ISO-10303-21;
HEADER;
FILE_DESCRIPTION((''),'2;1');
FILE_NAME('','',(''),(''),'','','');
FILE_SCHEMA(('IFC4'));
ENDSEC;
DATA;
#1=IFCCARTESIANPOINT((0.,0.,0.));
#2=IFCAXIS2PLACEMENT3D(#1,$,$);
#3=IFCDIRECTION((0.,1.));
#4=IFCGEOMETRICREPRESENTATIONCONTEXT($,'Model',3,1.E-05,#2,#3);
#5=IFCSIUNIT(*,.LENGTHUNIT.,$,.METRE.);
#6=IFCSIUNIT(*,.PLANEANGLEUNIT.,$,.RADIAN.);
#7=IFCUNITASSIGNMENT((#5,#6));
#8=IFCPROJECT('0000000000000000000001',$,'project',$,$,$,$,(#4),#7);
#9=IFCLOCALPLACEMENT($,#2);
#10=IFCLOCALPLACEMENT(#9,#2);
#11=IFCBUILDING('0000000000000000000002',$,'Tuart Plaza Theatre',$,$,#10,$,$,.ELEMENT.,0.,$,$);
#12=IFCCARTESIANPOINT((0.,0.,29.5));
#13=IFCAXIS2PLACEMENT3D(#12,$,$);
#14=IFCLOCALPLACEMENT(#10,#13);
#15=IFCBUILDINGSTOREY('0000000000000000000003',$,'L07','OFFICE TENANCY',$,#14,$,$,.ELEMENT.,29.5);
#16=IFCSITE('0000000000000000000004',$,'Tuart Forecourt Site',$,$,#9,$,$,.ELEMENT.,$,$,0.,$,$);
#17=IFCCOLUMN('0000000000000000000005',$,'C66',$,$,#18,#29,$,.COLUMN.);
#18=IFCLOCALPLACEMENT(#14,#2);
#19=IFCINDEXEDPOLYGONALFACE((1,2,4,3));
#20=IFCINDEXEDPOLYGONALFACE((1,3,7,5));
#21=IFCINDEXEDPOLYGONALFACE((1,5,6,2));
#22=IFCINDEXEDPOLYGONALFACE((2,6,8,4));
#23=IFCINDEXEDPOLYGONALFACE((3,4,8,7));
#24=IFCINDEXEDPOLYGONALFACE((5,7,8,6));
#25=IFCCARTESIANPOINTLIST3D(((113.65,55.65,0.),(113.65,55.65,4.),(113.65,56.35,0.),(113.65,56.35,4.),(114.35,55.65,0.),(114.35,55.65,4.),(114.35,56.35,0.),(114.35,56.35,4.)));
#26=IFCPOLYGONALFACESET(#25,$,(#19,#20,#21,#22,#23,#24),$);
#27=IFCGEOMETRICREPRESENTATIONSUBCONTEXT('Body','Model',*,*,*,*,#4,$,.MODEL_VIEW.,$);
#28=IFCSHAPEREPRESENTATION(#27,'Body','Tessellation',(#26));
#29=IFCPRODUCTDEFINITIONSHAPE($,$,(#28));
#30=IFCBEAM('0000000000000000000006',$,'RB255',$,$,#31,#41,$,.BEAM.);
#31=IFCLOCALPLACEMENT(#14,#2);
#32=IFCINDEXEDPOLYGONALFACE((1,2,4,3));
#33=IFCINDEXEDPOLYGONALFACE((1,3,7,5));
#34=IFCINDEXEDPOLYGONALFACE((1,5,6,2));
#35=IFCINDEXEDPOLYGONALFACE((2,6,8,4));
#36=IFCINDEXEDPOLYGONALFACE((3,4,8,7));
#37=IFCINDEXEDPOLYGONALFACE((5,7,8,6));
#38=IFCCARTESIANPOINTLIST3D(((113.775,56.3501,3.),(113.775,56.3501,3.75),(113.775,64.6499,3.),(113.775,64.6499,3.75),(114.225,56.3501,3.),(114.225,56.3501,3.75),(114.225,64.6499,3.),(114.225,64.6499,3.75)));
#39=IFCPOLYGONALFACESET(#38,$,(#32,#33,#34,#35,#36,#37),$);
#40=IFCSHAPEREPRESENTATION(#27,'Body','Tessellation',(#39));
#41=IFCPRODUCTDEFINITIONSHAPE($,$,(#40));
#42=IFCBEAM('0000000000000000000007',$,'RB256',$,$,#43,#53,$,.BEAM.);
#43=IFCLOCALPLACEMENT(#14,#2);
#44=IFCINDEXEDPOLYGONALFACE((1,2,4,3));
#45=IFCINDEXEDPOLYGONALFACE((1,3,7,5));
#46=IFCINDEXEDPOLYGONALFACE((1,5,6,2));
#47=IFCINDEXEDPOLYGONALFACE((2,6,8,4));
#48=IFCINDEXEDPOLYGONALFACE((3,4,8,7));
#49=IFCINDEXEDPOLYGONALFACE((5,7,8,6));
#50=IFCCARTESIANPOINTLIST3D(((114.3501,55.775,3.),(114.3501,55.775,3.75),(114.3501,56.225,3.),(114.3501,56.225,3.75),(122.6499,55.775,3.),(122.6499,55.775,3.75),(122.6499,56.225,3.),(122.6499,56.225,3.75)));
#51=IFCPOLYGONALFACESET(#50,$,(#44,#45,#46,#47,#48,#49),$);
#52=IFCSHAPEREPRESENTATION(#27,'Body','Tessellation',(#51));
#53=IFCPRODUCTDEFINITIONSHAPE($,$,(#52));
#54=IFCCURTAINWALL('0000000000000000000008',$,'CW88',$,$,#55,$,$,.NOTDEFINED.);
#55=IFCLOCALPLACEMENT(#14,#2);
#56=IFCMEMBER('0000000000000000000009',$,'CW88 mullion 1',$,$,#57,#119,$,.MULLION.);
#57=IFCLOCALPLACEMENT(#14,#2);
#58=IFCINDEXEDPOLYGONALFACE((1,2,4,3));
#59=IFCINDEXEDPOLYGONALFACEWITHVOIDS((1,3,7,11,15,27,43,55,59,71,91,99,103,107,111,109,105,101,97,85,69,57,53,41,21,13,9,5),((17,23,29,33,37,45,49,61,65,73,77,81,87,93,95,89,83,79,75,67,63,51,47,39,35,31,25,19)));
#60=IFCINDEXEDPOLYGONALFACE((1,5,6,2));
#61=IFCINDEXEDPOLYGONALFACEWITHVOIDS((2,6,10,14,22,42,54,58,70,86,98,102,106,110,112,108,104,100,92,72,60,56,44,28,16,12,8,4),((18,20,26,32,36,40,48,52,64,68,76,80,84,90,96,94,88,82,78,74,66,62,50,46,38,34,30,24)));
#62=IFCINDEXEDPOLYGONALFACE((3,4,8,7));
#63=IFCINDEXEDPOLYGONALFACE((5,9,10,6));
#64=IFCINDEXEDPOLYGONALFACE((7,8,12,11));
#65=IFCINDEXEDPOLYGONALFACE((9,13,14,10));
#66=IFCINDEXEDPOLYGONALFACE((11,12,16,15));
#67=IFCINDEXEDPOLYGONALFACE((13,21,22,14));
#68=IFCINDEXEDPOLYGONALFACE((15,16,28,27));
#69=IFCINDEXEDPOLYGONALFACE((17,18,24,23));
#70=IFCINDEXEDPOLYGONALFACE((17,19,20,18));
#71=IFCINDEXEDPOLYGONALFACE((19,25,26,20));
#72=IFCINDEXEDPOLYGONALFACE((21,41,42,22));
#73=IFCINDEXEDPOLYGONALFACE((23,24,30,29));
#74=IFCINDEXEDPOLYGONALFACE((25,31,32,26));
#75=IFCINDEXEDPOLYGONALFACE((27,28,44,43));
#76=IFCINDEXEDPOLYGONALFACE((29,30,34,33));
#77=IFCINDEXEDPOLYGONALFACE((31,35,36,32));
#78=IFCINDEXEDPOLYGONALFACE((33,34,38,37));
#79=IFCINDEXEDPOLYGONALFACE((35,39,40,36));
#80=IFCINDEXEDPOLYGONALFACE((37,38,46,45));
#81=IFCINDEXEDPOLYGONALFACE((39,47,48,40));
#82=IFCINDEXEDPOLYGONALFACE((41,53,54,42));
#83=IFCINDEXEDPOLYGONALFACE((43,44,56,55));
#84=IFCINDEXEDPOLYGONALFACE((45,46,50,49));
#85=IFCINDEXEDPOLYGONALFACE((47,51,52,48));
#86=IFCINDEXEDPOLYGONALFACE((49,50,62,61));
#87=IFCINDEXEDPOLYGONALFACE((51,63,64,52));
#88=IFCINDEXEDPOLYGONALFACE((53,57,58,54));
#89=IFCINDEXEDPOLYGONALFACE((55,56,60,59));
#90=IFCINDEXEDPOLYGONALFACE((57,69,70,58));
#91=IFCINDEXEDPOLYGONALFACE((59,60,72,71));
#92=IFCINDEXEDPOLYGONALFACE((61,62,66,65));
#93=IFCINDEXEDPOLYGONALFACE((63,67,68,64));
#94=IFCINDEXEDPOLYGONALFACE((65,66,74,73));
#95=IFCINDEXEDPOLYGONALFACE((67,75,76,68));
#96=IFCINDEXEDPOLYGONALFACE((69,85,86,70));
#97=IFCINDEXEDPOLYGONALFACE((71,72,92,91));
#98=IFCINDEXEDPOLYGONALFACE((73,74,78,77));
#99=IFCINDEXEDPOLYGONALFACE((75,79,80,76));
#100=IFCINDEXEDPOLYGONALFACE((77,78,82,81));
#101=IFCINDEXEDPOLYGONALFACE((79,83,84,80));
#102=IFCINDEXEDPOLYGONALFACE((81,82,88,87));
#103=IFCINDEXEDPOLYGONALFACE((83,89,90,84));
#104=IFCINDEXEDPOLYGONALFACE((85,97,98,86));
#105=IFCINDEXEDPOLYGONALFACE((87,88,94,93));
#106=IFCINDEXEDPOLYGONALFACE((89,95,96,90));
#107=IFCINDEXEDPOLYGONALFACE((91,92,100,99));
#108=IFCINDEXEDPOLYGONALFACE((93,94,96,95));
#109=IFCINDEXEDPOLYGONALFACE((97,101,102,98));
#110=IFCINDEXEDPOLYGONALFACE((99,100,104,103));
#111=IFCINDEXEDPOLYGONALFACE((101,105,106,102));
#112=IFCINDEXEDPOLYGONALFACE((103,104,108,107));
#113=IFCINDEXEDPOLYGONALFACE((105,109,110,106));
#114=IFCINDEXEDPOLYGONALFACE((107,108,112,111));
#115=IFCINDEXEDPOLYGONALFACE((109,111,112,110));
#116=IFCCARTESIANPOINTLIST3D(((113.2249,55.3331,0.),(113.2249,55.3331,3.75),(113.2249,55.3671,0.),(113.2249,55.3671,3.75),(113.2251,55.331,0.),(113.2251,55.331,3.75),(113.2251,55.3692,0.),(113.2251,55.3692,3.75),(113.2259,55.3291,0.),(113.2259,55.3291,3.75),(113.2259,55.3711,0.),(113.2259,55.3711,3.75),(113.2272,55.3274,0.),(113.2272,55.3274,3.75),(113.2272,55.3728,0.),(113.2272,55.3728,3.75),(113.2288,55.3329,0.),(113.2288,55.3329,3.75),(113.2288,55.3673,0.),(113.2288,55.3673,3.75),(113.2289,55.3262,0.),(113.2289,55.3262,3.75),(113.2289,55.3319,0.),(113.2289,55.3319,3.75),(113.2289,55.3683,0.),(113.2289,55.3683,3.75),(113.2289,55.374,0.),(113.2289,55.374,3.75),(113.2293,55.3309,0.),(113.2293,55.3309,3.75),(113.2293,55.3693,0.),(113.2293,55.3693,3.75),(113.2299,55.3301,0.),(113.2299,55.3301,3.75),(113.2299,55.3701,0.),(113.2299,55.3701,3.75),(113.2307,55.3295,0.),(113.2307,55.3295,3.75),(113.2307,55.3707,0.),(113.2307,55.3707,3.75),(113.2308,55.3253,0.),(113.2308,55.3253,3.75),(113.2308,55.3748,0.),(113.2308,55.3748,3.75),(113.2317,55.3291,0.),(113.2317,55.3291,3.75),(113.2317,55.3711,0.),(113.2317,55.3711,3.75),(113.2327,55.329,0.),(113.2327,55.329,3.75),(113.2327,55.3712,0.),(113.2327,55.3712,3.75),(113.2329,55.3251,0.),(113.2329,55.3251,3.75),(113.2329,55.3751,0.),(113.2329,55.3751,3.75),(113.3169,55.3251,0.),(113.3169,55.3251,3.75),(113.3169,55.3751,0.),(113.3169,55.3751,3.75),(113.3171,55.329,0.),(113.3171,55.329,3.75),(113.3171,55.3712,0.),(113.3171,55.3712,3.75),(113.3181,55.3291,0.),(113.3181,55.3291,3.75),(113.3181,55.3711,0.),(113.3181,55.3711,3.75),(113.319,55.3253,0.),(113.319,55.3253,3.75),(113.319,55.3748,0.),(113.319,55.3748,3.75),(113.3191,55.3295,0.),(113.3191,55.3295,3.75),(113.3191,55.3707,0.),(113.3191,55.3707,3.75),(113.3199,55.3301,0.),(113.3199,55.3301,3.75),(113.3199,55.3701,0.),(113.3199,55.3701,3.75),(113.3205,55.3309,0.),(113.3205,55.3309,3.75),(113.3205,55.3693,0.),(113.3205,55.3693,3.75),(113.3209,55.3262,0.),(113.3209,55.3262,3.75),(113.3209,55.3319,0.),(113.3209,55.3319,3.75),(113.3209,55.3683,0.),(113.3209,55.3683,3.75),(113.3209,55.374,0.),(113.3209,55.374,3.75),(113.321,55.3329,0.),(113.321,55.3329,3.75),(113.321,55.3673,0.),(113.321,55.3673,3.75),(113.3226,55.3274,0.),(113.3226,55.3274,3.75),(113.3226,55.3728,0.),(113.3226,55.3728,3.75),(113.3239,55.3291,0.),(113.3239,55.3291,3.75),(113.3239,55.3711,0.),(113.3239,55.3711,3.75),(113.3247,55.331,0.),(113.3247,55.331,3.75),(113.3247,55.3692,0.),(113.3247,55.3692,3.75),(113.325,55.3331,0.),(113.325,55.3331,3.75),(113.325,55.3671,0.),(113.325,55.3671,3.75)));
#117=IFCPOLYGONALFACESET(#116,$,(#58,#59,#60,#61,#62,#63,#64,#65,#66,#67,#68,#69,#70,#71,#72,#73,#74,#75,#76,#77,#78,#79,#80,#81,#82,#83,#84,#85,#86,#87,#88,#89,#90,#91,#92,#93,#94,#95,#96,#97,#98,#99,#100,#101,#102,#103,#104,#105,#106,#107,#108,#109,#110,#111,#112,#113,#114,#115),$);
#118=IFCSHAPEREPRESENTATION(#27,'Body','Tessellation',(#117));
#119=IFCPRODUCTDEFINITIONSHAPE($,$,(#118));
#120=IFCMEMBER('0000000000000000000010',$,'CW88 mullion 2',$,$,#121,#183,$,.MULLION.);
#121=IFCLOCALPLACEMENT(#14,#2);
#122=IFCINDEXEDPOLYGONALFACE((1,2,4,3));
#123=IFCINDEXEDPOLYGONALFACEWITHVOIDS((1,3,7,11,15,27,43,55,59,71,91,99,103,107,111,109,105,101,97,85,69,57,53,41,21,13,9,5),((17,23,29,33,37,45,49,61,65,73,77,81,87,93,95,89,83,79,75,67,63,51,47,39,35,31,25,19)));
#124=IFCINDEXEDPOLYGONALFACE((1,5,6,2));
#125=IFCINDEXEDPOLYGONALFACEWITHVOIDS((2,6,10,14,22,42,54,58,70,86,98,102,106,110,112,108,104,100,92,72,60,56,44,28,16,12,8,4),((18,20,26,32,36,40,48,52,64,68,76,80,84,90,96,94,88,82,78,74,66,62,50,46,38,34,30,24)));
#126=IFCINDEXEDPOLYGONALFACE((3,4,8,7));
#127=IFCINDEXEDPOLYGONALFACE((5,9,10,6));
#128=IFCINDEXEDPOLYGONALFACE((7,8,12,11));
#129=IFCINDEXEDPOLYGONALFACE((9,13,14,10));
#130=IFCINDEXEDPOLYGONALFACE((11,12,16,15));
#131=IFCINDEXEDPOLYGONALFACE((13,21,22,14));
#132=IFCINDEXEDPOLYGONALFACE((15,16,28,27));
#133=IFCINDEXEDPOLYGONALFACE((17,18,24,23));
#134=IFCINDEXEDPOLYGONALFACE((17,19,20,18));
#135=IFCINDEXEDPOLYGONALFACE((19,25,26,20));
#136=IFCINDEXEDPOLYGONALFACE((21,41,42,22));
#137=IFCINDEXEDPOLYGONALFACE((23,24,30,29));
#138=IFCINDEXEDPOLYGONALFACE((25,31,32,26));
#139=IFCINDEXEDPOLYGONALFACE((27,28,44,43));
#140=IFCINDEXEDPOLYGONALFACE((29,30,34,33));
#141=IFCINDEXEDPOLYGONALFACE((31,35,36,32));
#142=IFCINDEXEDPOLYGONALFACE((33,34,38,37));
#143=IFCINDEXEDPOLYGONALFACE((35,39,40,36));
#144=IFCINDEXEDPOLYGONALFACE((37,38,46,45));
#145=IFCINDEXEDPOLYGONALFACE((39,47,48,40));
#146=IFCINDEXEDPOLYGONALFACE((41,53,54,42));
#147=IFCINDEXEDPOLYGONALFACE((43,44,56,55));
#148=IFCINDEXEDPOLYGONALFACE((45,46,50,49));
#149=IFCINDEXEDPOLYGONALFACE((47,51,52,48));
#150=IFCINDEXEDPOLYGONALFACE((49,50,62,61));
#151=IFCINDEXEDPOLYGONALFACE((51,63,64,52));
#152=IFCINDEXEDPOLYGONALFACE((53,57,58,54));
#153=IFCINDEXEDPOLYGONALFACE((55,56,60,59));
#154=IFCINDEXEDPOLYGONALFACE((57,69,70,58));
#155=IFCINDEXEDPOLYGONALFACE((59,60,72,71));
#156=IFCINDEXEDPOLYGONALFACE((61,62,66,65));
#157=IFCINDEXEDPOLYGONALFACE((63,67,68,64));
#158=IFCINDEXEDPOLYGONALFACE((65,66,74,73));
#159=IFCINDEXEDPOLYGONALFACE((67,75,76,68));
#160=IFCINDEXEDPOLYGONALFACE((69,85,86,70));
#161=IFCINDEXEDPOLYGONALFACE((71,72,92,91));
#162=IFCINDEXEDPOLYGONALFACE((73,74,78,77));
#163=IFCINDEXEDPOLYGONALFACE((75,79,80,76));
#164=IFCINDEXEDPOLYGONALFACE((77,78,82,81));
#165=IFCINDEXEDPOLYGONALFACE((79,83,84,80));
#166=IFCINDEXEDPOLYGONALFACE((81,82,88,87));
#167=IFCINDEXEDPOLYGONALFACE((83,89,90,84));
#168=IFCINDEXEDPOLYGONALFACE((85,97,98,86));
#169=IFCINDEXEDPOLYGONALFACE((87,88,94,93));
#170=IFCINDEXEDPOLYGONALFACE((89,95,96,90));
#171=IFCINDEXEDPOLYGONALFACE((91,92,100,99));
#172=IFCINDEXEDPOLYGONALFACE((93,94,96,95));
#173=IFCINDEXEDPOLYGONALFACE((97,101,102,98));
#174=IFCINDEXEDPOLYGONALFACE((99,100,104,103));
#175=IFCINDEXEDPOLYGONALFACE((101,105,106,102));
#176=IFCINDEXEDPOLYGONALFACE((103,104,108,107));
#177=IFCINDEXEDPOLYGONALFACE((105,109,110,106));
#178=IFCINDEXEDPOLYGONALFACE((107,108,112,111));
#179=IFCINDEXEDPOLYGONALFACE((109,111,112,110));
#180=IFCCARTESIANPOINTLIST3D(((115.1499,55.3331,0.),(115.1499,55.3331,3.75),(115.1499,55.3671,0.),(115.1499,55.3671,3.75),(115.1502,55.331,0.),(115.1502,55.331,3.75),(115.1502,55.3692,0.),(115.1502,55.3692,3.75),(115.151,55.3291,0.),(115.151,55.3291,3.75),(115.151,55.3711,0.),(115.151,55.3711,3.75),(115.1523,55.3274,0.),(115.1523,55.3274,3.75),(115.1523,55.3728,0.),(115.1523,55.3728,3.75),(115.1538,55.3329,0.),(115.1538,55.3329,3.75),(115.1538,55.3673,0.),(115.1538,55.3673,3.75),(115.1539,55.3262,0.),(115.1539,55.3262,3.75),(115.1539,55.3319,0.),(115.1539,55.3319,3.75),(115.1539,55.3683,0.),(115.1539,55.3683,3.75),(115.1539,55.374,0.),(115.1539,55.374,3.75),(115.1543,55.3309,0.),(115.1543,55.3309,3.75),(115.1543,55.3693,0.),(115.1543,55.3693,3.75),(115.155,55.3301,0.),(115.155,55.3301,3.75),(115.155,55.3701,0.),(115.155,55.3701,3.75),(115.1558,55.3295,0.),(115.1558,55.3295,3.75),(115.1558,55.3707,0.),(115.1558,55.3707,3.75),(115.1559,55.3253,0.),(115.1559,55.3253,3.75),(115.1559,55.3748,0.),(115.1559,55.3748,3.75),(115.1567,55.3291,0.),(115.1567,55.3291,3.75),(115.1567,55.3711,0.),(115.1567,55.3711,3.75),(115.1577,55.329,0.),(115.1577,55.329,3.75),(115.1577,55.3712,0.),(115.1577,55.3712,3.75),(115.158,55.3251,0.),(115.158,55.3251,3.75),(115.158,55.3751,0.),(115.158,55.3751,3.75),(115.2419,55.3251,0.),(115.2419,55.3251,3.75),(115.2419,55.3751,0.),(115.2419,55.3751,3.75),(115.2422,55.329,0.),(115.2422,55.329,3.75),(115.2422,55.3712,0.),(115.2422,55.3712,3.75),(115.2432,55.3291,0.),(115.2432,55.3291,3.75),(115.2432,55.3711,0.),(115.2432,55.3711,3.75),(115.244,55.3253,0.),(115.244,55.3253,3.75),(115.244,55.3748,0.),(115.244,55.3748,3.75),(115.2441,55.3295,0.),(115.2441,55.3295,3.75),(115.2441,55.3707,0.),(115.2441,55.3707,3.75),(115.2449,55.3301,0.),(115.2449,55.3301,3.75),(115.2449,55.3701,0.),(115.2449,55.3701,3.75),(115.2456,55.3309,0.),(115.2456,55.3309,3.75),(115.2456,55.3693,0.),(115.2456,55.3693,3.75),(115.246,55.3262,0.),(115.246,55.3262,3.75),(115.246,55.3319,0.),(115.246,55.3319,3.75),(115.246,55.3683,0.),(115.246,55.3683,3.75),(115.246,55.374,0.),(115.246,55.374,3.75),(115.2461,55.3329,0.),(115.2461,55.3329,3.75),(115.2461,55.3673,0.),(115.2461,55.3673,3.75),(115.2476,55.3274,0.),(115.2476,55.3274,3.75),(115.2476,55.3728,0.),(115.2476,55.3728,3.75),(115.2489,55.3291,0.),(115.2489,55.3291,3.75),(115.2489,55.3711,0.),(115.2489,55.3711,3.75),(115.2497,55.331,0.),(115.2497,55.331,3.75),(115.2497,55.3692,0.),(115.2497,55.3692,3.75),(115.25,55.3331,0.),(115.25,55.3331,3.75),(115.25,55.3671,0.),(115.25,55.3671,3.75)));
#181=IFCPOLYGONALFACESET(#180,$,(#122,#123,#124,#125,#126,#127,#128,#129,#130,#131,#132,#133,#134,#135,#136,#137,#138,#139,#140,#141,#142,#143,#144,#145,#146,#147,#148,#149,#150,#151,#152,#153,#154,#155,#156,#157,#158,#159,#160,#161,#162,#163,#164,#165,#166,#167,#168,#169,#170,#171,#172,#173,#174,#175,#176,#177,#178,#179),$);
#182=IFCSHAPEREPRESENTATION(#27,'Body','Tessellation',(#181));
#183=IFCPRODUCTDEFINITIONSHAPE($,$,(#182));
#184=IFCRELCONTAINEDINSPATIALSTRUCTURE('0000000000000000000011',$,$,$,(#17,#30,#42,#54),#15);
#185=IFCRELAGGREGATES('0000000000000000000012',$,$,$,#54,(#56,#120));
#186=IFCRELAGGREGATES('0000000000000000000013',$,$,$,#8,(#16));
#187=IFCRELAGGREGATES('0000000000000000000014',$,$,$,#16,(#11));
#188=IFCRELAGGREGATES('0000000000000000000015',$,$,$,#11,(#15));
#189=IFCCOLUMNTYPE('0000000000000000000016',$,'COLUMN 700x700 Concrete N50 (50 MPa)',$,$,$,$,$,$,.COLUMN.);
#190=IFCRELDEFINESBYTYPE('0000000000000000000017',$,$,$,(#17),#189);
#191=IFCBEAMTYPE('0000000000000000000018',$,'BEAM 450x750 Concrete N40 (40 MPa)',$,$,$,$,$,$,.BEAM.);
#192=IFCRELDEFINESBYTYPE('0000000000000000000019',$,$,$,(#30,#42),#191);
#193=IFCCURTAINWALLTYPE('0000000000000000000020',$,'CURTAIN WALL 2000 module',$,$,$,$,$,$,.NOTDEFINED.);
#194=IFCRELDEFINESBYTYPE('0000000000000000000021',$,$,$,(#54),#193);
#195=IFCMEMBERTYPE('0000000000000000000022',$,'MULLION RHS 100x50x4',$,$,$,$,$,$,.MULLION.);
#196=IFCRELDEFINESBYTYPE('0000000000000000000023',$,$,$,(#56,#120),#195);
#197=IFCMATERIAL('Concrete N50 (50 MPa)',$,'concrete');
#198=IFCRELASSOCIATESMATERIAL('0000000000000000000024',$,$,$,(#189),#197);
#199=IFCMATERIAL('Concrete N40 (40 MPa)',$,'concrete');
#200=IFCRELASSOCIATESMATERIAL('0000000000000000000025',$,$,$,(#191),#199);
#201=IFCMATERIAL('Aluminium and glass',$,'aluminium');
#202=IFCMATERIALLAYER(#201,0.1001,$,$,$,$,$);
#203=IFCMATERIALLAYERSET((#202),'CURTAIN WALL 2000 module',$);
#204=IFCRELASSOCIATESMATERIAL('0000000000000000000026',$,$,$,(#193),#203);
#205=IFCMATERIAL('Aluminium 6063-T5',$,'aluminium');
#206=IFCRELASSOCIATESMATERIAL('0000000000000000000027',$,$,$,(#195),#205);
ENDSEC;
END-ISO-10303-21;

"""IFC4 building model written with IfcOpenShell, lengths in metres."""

from ifc_helpers import new_model, si_unit, direction, frame, origin, origin_2d, place, context, subcontext, project, spatial, rectangle, hollow_rectangle, extrude, material, layer, layer_set, material_profile, profile_set, type_object, element, aggregate, save


model = new_model("IFC4")

# Units and contexts
model_context = context("Model", 3, precision=1e-05, world=origin(), true_north=direction((0.0, 1.0)))
body_context = subcontext(model_context, "Body", "Model", "MODEL_VIEW")
ifc_project = project(units=[si_unit("LENGTHUNIT", "METRE"), si_unit("PLANEANGLEUNIT", "RADIAN")], contexts=[model_context])

# Site, building, storey
site_placement = place(None, origin())
site = spatial("IfcSite", under=ifc_project, at=site_placement, Name="Tuart Forecourt Site", CompositionType="ELEMENT", RefElevation=0.0)
building_placement = place(site_placement, origin())
building = spatial("IfcBuilding", under=site, at=building_placement, Name="Tuart Plaza Theatre", CompositionType="ELEMENT", ElevationOfRefHeight=0.0)
storey_placement = place(building_placement, frame((0.0, 0.0, 29.5)))
storey = spatial("IfcBuildingStorey", under=building, at=storey_placement, Name="L07", Description="OFFICE TENANCY", CompositionType="ELEMENT", Elevation=29.5)

# Column
ifc_material_1 = material(Name="Concrete N50 (50 MPa)", Category="concrete")
ifc_material_profile_1 = material_profile(ifc_material_1, rectangle(XDim=0.7, YDim=0.7, at=origin_2d()), Name="COLUMN 700x700 Concrete N50 (50 MPa)")
ifc_profile_set_1 = profile_set([ifc_material_profile_1], Name="Concrete N50 (50 MPa)")
column_type = type_object("IfcColumnType", Name="COLUMN 700x700 Concrete N50 (50 MPa)", PredefinedType="COLUMN", material=ifc_profile_set_1)
column_placement = place(storey_placement, frame((114.0, 56.0, 0.0), z_axis=(0.0, 0.0, 1.0), x_axis=(1.0, 0.0, 0.0)))
element("IfcColumn", 1, at=column_placement, inside=storey, type_object=column_type, Name="C66", PredefinedType="COLUMN", context=body_context, shape_type="SweptSolid", body=[
    extrude(rectangle(XDim=0.7, YDim=0.7, at=origin_2d()), origin(), (0.0, 0.0, 1.0), 4.0),
])

# Beams
ifc_material_2 = material(Name="Concrete N40 (40 MPa)", Category="concrete")
ifc_material_profile_2 = material_profile(ifc_material_2, rectangle(XDim=0.45, YDim=0.75, at=origin_2d()), Name="BEAM 450x750 Concrete N40 (40 MPa)")
ifc_profile_set_2 = profile_set([ifc_material_profile_2], Name="Concrete N40 (40 MPa)")
beam_type = type_object("IfcBeamType", Name="BEAM 450x750 Concrete N40 (40 MPa)", PredefinedType="BEAM", material=ifc_profile_set_2)
for number, where, z_axis, x_axis, name in (
    (2, (114.0, 56.3501, 3.375), (0.0, 1.0, 0.0), (-1.0, 0.0, 0.0), "RB255"),
    (3, (114.3501, 56.0, 3.375), (1.0, 0.0, 0.0), (0.0, 1.0, 0.0), "RB256"),
):
    element("IfcBeam", number, at=place(storey_placement, frame(where, z_axis=z_axis, x_axis=x_axis)), inside=storey, type_object=beam_type, Name=name, PredefinedType="BEAM", context=body_context, shape_type="SweptSolid", body=[
        extrude(rectangle(XDim=0.45, YDim=0.75, at=origin_2d()), origin(), (0.0, 0.0, 1.0), 8.2998),
    ])

# Curtain wall, members
ifc_material_3 = material(Name="Aluminium and glass", Category="aluminium")
ifc_layer_1 = layer(ifc_material_3, 0.1001)
ifc_layer_set_1 = layer_set([ifc_layer_1], Name="CURTAIN WALL 2000 module")
curtain_wall_type = type_object("IfcCurtainWallType", Name="CURTAIN WALL 2000 module", PredefinedType="NOTDEFINED", material=ifc_layer_set_1)
curtain_wall_1_placement = place(storey_placement, origin())
curtain_wall_1 = element("IfcCurtainWall", 4, at=curtain_wall_1_placement, inside=storey, type_object=curtain_wall_type, Name="CW88", PredefinedType="NOTDEFINED")
ifc_material_4 = material(Name="Aluminium 6063-T5", Category="aluminium")
ifc_material_profile_3 = material_profile(ifc_material_4, hollow_rectangle(XDim=0.05, YDim=0.1001, WallThickness=0.0039, InnerFilletRadius=0.0039, OuterFilletRadius=0.0081, at=origin_2d()), Name="RHS 100x50x4")
ifc_profile_set_3 = profile_set([ifc_material_profile_3], Name="Aluminium 6063-T5")
member_type_1 = type_object("IfcMemberType", Name="MULLION RHS 100x50x4", PredefinedType="MULLION", material=ifc_profile_set_3)
member_1_placement = place(storey_placement, frame((113.2749, 55.3501, 0.0), z_axis=(0.0, 0.0, 1.0), x_axis=(0.0, 1.0, 0.0)))
member_1 = element("IfcMember", 5, at=member_1_placement, type_object=member_type_1, Name="CW88 mullion 1", PredefinedType="MULLION", context=body_context, shape_type="SweptSolid", body=[
    extrude(hollow_rectangle(XDim=0.05, YDim=0.1001, WallThickness=0.0039, InnerFilletRadius=0.0039, OuterFilletRadius=0.0081, at=origin_2d()), origin(), (0.0, 0.0, 1.0), 3.75),
])
member_2_placement = place(storey_placement, frame((115.2, 55.3501, 0.0), z_axis=(0.0, 0.0, 1.0), x_axis=(0.0, 1.0, 0.0)))
member_2 = element("IfcMember", 6, at=member_2_placement, type_object=member_type_1, Name="CW88 mullion 2", PredefinedType="MULLION", context=body_context, shape_type="SweptSolid", body=[
    extrude(hollow_rectangle(XDim=0.05, YDim=0.1001, WallThickness=0.0039, InnerFilletRadius=0.0039, OuterFilletRadius=0.0081, at=origin_2d()), origin(), (0.0, 0.0, 1.0), 3.75),
])

aggregate(curtain_wall_1, [member_1, member_2])

save(model, "model.ifc")
